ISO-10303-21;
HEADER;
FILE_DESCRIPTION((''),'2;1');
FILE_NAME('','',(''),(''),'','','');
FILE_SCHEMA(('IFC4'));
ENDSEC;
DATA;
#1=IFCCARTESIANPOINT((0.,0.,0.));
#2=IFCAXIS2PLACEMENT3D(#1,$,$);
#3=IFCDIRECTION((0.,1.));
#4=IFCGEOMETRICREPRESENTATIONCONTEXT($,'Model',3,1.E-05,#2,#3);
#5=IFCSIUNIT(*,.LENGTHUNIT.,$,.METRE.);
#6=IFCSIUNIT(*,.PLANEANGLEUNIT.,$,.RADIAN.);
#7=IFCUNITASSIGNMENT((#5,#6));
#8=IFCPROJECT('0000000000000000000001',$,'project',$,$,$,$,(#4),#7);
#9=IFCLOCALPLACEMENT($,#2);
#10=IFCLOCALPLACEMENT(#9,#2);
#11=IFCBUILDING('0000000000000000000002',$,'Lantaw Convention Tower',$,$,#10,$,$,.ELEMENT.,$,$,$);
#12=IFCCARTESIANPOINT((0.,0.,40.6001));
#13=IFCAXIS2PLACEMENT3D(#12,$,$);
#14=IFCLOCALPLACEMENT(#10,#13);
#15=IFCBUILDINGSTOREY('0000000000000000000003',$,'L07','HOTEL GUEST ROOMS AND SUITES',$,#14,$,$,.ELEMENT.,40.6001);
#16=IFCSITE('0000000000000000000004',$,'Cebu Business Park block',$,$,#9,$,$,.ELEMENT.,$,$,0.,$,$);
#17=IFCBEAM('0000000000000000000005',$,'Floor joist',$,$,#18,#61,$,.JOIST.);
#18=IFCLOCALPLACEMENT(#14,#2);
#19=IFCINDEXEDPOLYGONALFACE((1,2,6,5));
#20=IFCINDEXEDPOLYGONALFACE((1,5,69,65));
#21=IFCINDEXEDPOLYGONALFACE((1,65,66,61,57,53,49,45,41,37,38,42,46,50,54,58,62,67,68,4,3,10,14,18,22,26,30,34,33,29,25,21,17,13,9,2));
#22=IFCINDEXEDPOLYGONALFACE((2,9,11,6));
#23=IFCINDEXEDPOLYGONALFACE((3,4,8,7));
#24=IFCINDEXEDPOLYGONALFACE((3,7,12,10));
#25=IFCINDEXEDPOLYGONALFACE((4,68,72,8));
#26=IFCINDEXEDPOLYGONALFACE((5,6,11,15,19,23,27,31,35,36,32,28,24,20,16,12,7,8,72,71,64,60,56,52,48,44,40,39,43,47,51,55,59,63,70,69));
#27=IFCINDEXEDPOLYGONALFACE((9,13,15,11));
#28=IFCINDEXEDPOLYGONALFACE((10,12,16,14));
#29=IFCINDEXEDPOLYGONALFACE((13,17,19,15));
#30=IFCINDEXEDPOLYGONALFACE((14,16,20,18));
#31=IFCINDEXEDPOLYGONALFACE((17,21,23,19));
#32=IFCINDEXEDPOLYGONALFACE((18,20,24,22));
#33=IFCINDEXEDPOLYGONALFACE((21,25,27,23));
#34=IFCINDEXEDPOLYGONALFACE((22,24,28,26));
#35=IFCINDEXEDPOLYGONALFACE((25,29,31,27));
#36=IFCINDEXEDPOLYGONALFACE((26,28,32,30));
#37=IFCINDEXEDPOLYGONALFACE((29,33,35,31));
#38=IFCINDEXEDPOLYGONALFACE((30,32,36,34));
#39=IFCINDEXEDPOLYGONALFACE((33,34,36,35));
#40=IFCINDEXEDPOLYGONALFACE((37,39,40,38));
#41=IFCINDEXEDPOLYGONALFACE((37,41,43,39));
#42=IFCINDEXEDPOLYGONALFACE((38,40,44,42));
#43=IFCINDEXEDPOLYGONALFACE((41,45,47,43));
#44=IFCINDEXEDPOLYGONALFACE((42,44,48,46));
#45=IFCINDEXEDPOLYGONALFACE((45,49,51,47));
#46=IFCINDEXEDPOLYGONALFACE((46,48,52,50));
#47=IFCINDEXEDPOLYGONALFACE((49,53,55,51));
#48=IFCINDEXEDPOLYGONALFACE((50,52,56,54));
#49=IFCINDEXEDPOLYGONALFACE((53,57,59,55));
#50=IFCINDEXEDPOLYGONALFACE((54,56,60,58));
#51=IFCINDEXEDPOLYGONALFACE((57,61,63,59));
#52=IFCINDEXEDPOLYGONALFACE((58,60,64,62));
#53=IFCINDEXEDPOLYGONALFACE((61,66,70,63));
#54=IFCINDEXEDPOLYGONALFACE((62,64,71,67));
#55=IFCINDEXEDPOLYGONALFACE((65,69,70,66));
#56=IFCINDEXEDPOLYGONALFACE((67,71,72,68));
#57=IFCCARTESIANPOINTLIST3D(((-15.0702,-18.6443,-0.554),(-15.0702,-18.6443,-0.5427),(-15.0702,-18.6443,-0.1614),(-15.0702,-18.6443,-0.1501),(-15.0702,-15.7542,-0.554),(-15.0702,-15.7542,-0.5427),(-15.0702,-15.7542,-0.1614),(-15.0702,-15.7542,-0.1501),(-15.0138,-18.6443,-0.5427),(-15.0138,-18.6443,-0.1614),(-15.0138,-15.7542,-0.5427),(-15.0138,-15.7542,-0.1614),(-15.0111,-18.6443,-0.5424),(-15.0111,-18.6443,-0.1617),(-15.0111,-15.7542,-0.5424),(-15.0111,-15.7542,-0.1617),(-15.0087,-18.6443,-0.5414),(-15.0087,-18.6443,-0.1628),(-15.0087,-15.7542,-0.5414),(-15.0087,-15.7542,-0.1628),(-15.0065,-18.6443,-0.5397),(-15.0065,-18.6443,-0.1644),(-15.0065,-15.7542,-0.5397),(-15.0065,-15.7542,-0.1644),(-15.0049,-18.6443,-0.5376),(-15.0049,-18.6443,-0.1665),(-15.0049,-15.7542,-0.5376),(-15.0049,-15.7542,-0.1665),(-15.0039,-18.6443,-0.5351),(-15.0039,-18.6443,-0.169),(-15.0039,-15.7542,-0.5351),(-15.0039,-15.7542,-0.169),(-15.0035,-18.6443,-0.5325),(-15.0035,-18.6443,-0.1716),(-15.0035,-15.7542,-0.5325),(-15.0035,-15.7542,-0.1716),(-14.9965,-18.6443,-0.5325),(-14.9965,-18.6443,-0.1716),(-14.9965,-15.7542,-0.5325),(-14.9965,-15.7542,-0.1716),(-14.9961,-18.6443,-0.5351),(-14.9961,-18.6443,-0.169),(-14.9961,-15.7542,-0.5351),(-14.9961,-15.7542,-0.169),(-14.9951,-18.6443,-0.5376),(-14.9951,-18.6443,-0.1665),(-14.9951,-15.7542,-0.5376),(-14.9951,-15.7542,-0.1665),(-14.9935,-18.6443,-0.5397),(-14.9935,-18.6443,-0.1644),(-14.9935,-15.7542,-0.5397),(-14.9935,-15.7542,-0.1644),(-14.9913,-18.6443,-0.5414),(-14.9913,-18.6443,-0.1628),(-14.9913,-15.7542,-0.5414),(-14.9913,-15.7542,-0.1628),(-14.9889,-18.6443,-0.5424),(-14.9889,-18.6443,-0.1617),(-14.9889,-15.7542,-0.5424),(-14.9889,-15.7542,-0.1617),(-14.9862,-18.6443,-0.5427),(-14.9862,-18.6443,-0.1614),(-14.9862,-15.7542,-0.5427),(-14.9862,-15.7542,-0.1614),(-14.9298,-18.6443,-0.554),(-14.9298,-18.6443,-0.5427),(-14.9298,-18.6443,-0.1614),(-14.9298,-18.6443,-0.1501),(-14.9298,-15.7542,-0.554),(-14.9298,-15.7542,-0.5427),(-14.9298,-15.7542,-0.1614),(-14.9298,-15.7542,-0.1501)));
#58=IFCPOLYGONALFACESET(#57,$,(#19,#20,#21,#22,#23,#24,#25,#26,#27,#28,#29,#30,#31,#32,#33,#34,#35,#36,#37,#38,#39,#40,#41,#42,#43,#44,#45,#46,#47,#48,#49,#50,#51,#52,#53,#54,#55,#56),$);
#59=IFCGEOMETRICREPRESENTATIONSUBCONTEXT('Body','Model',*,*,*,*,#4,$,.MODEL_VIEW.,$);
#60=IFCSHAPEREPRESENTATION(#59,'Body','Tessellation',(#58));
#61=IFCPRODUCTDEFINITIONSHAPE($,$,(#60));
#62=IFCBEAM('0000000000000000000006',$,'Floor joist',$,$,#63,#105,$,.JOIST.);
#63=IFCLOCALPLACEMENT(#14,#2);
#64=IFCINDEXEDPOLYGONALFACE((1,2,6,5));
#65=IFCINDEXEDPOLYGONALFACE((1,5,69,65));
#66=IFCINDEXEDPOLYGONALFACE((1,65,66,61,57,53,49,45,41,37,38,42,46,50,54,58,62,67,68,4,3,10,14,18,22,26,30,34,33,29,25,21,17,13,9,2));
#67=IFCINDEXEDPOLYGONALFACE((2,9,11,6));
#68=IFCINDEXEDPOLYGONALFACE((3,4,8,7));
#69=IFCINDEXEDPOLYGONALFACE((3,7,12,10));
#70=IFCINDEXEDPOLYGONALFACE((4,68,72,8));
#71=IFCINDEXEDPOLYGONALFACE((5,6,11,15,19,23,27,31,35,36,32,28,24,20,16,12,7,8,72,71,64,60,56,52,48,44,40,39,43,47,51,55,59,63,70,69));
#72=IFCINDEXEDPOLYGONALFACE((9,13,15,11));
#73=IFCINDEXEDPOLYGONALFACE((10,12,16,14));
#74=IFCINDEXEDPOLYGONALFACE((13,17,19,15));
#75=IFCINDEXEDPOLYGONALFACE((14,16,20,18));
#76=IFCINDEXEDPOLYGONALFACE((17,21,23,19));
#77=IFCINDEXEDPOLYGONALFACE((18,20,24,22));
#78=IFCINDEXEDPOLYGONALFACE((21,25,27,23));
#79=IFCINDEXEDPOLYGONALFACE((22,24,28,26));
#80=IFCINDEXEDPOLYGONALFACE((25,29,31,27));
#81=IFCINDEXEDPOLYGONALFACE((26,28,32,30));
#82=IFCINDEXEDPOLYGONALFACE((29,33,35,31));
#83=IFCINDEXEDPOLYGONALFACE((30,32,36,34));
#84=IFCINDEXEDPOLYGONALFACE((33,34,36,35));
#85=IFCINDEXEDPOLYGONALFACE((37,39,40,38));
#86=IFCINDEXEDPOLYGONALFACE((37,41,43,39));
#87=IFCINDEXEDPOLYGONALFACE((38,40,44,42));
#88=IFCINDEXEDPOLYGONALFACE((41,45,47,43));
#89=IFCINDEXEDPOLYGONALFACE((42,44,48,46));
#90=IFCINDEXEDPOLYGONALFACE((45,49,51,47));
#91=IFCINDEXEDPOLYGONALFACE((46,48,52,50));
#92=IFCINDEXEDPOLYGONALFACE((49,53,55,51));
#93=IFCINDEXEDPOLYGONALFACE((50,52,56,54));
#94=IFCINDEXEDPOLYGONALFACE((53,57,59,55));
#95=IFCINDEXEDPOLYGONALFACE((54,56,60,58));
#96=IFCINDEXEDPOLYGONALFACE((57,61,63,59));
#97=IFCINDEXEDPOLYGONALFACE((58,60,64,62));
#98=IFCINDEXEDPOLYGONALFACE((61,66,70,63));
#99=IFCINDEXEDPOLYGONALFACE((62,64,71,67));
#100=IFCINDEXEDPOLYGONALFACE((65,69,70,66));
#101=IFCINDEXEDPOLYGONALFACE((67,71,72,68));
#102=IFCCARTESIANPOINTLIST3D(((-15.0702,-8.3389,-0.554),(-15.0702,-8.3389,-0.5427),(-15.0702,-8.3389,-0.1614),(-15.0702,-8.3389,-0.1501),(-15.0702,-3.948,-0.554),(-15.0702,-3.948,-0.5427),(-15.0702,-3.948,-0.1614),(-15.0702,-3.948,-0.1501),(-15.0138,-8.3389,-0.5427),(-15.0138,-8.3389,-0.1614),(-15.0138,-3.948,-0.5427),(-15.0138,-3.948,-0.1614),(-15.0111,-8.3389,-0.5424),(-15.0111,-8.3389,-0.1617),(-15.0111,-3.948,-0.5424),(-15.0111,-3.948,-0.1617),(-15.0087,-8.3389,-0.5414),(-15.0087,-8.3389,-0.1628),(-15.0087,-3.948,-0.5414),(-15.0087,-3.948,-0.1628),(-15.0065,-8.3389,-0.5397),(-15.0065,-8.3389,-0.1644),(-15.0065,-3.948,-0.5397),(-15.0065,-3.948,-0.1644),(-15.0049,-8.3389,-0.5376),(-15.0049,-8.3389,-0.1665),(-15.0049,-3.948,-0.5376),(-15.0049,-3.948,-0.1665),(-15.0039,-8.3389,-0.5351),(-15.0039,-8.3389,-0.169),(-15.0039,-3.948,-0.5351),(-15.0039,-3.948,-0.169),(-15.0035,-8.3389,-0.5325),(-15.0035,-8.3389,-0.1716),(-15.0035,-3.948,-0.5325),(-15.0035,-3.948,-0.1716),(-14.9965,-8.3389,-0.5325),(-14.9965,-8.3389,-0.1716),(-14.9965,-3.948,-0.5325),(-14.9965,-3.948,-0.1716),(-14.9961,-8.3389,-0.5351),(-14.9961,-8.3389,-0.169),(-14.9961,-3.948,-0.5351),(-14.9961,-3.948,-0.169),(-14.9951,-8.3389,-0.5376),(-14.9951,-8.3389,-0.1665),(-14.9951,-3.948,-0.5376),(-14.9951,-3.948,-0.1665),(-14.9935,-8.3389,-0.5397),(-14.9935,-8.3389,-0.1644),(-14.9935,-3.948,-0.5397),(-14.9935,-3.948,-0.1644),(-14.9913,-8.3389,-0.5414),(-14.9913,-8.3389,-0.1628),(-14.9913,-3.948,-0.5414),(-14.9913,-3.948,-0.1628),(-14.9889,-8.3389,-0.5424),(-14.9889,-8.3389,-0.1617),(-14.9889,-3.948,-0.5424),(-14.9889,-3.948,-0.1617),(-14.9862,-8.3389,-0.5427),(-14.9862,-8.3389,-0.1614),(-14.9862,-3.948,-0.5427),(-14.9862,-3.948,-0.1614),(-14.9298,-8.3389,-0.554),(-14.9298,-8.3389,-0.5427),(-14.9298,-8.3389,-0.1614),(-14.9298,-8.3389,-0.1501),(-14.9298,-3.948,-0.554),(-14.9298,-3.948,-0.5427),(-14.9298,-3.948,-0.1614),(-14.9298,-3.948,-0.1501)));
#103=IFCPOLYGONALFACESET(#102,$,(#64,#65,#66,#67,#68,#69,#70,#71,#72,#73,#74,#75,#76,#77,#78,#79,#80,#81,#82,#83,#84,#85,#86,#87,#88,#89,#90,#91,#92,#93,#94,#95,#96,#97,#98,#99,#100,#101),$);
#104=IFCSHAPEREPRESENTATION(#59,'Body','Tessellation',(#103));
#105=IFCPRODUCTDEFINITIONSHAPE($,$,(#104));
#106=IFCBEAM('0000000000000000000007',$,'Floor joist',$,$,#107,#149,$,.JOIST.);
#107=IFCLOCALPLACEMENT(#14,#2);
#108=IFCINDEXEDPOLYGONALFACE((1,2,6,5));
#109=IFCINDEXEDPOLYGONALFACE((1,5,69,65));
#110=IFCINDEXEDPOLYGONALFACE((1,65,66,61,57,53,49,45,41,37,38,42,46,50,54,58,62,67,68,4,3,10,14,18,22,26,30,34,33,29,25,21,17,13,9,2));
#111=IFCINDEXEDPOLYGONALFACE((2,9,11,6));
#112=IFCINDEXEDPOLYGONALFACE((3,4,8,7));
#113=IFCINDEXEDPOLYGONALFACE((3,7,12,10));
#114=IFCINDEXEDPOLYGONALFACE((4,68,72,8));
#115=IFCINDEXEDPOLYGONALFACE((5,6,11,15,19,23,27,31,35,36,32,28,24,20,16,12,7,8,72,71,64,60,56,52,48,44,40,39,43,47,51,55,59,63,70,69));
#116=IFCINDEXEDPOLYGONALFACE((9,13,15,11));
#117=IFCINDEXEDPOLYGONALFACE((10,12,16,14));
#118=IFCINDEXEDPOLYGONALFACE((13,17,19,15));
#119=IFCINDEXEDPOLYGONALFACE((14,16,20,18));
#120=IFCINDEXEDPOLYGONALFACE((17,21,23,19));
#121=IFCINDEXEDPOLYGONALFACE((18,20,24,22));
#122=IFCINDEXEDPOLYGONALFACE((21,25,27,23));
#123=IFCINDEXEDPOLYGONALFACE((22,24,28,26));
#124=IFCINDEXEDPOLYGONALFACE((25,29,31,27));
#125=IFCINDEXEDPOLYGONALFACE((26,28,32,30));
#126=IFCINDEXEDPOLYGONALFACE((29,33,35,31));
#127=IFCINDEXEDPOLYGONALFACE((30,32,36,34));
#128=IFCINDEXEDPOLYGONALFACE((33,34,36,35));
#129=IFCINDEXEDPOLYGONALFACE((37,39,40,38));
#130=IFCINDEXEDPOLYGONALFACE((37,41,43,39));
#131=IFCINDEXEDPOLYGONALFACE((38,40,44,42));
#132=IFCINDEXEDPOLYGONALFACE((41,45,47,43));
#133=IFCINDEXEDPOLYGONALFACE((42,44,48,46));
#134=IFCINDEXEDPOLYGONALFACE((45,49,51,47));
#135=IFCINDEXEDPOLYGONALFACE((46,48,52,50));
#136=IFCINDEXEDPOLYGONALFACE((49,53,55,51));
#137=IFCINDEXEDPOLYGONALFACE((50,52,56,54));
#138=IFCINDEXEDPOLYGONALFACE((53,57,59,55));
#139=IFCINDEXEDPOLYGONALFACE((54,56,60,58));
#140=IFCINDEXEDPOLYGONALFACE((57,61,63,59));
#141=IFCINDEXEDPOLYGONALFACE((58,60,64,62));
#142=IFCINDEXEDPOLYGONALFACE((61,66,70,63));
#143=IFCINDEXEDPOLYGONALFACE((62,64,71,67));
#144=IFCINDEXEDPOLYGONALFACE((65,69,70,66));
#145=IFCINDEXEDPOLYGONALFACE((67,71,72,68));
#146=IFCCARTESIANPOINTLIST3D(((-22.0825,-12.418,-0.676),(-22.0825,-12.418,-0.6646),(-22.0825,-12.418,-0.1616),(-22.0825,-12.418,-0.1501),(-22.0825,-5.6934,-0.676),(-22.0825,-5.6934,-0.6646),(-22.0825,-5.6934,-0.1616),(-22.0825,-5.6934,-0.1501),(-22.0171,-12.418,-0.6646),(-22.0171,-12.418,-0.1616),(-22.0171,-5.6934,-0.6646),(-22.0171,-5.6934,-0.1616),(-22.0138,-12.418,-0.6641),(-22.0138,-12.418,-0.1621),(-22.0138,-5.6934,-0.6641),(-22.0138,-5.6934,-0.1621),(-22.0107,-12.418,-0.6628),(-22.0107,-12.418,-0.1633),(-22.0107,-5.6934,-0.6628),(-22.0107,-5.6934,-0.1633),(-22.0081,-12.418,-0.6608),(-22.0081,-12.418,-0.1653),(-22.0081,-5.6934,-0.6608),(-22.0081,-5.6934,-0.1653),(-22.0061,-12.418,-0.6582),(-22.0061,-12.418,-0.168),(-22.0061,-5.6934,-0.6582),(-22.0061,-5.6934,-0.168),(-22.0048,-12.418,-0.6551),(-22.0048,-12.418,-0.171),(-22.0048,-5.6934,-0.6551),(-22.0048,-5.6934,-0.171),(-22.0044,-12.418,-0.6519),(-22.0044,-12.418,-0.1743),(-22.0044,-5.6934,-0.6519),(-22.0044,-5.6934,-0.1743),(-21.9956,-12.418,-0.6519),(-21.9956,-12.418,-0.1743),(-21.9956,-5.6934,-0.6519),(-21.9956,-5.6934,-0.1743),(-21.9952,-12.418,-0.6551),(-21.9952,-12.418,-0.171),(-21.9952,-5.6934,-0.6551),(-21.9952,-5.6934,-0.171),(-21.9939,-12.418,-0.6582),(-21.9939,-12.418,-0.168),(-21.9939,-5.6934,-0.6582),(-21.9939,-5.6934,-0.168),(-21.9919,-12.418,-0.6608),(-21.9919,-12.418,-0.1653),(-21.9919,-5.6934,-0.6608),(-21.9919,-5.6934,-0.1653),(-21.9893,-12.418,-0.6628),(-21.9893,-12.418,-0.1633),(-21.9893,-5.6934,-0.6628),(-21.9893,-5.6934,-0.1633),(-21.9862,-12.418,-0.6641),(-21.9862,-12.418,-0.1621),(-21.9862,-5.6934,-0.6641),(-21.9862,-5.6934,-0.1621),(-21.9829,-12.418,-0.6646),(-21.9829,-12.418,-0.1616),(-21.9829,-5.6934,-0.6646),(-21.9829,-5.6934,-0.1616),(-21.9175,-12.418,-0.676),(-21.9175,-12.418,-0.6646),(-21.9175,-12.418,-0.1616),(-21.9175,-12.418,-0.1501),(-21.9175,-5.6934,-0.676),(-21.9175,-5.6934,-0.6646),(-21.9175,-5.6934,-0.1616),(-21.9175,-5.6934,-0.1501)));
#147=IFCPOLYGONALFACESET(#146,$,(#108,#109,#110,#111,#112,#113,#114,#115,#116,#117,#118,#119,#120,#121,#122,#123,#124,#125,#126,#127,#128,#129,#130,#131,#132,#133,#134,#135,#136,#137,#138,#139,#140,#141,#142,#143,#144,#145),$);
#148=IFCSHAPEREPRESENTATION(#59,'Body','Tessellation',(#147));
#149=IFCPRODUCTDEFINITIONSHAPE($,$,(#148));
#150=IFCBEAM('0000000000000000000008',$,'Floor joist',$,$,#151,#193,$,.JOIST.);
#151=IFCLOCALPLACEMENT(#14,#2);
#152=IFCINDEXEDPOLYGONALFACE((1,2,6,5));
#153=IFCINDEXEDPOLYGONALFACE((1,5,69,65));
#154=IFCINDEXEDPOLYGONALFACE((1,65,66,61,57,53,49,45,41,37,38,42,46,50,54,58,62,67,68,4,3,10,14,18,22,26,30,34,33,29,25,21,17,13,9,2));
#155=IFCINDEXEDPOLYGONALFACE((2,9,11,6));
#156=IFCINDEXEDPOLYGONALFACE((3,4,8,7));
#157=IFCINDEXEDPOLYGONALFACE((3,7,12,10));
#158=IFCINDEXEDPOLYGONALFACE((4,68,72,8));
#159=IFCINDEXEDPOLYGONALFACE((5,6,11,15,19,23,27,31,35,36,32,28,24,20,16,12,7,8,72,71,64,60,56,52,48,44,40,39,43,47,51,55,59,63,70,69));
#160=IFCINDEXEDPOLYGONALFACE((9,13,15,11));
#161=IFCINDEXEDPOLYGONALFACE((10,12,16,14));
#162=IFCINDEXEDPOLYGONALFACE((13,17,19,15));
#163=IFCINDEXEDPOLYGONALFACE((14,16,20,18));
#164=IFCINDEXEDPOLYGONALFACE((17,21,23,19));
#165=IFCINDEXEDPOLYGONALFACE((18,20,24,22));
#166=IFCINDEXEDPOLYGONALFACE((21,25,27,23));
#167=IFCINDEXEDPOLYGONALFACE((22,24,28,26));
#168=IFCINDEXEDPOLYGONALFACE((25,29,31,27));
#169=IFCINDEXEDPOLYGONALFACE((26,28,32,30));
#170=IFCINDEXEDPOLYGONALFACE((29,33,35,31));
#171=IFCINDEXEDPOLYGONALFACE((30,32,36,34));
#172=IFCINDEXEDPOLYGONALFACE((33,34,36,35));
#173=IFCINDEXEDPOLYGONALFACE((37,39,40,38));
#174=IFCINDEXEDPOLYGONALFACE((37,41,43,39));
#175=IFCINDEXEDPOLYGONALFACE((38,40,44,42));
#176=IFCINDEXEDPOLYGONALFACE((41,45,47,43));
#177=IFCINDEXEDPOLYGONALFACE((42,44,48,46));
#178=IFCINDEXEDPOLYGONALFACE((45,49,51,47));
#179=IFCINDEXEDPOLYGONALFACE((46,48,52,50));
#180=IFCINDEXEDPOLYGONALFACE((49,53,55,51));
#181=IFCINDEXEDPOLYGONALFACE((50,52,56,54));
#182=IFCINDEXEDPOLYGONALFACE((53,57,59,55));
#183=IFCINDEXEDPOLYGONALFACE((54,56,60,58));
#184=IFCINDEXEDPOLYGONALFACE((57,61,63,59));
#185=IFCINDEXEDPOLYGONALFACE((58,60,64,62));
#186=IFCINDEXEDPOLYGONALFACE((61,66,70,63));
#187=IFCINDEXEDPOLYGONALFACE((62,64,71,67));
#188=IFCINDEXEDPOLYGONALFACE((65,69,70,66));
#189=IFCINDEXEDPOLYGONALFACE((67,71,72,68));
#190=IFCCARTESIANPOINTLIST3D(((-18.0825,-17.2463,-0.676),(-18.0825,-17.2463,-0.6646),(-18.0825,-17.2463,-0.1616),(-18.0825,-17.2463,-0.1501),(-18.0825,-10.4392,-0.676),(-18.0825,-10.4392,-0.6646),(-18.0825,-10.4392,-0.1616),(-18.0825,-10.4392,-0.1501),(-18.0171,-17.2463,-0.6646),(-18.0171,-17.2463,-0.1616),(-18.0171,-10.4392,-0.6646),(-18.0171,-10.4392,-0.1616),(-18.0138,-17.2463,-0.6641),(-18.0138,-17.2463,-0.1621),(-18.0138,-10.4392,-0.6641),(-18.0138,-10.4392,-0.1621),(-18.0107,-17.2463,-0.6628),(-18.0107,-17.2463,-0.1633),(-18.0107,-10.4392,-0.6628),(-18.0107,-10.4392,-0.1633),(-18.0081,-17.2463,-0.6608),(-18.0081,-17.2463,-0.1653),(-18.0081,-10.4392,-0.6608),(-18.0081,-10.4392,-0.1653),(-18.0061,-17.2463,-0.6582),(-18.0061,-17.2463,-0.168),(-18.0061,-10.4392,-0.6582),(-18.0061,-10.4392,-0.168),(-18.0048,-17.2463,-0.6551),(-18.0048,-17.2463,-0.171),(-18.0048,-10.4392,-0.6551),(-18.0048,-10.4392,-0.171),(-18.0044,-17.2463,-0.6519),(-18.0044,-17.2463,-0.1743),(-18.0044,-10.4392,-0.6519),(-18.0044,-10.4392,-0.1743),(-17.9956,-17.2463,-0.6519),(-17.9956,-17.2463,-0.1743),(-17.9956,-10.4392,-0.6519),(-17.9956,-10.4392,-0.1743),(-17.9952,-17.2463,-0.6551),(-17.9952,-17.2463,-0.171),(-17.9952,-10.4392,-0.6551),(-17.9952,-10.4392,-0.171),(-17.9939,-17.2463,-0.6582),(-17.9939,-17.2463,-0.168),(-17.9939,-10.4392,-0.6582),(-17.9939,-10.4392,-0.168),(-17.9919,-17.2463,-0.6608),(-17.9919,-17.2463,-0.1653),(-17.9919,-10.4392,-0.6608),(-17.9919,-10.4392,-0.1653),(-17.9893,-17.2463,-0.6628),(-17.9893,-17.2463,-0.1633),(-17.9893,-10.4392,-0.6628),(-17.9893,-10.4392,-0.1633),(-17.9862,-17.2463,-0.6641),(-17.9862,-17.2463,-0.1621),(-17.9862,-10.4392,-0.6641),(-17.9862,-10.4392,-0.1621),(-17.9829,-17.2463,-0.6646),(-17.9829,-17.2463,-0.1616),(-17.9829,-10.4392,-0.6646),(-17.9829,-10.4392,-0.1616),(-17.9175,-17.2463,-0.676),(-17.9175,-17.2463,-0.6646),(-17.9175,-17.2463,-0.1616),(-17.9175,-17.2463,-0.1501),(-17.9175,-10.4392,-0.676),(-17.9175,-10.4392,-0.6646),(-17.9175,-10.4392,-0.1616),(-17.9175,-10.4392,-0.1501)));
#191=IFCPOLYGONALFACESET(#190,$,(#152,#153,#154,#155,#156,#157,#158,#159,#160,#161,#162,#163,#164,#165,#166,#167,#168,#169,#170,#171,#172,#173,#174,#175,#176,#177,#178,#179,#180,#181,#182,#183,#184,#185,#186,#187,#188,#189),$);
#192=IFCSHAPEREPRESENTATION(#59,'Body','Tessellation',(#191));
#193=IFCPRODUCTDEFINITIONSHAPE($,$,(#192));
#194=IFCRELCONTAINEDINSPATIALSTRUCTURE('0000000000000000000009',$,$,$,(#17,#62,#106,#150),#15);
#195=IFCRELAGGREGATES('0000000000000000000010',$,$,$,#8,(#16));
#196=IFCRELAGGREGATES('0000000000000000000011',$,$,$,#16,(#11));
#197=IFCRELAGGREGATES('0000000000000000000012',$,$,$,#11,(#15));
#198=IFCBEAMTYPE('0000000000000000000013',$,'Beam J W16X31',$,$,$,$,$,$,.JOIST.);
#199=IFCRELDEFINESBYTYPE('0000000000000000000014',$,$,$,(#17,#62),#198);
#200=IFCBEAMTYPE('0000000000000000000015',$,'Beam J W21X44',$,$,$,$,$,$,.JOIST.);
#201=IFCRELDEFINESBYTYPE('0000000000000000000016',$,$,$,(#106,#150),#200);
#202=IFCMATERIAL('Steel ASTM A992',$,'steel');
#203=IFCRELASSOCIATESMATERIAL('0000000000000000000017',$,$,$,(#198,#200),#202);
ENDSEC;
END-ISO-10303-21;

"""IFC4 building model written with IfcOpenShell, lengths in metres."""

from ifc_helpers import new_model, si_unit, direction, frame, origin, origin_2d, place, context, subcontext, project, spatial, i_section, extrude, material, material_profile, profile_set, type_object, element, save


model = new_model("IFC4")

# Units and contexts
model_context = context("Model", 3, precision=1e-05, world=origin(), true_north=direction((0.0, 1.0)))
body_context = subcontext(model_context, "Body", "Model", "MODEL_VIEW")
ifc_project = project(units=[si_unit("LENGTHUNIT", "METRE"), si_unit("PLANEANGLEUNIT", "RADIAN")], contexts=[model_context])

# Site, building, storey
site_placement = place(None, origin())
site = spatial("IfcSite", under=ifc_project, at=site_placement, Name="Cebu Business Park block", CompositionType="ELEMENT", RefElevation=0.0)
building_placement = place(site_placement, origin())
building = spatial("IfcBuilding", under=site, at=building_placement, Name="Lantaw Convention Tower", CompositionType="ELEMENT")
storey_placement = place(building_placement, frame((0.0, 0.0, 40.6001)))
storey = spatial("IfcBuildingStorey", under=building, at=storey_placement, Name="L07", Description="HOTEL GUEST ROOMS AND SUITES", CompositionType="ELEMENT", Elevation=40.6001)

# Beams
ifc_material_1 = material(Name="Steel ASTM A992", Category="steel")
ifc_material_profile_1 = material_profile(ifc_material_1, i_section(OverallWidth=0.1404, OverallDepth=0.4038, WebThickness=0.0071, FlangeThickness=0.0112, FilletRadius=0.0103, at=origin_2d()), Name="W16X31")
ifc_profile_set_1 = profile_set([ifc_material_profile_1], Name="Steel ASTM A992")
beam_type_1 = type_object("IfcBeamType", Name="Beam J W16X31", PredefinedType="JOIST", material=ifc_profile_set_1)
beam_1_placement = place(storey_placement, frame((-15.0, -18.6443, -0.3521), z_axis=(0.0, 1.0, 0.0), x_axis=(-1.0, 0.0, 0.0)))
element("IfcBeam", 1, at=beam_1_placement, inside=storey, type_object=beam_type_1, Name="Floor joist", PredefinedType="JOIST", context=body_context, shape_type="SweptSolid", body=[
    extrude(i_section(OverallWidth=0.1404, OverallDepth=0.4038, WebThickness=0.0071, FlangeThickness=0.0112, FilletRadius=0.0103, at=origin_2d()), origin(), (0.0, 0.0, 1.0), 2.8901),
])
beam_2_placement = place(storey_placement, frame((-15.0, -8.3389, -0.3521), z_axis=(0.0, 1.0, 0.0), x_axis=(-1.0, 0.0, 0.0)))
element("IfcBeam", 2, at=beam_2_placement, inside=storey, type_object=beam_type_1, Name="Floor joist", PredefinedType="JOIST", context=body_context, shape_type="SweptSolid", body=[
    extrude(i_section(OverallWidth=0.1404, OverallDepth=0.4038, WebThickness=0.0071, FlangeThickness=0.0112, FilletRadius=0.0103, at=origin_2d()), origin(), (0.0, 0.0, 1.0), 4.3909),
])
ifc_material_profile_2 = material_profile(ifc_material_1, i_section(OverallWidth=0.165, OverallDepth=0.5259, WebThickness=0.0088, FlangeThickness=0.0115, FilletRadius=0.0127, at=origin_2d()), Name="W21X44")
ifc_profile_set_2 = profile_set([ifc_material_profile_2], Name="Steel ASTM A992")
beam_type_2 = type_object("IfcBeamType", Name="Beam J W21X44", PredefinedType="JOIST", material=ifc_profile_set_2)
beam_3_placement = place(storey_placement, frame((-22.0, -12.418, -0.4131), z_axis=(0.0, 1.0, 0.0), x_axis=(-1.0, 0.0, 0.0)))
element("IfcBeam", 3, at=beam_3_placement, inside=storey, type_object=beam_type_2, Name="Floor joist", PredefinedType="JOIST", context=body_context, shape_type="SweptSolid", body=[
    extrude(i_section(OverallWidth=0.165, OverallDepth=0.5259, WebThickness=0.0088, FlangeThickness=0.0115, FilletRadius=0.0127, at=origin_2d()), origin(), (0.0, 0.0, 1.0), 6.7246),
])
beam_4_placement = place(storey_placement, frame((-18.0, -17.2463, -0.4131), z_axis=(0.0, 1.0, 0.0), x_axis=(-1.0, 0.0, 0.0)))
element("IfcBeam", 4, at=beam_4_placement, inside=storey, type_object=beam_type_2, Name="Floor joist", PredefinedType="JOIST", context=body_context, shape_type="SweptSolid", body=[
    extrude(i_section(OverallWidth=0.165, OverallDepth=0.5259, WebThickness=0.0088, FlangeThickness=0.0115, FilletRadius=0.0127, at=origin_2d()), origin(), (0.0, 0.0, 1.0), 6.8071),
])

save(model, "model.ifc")
